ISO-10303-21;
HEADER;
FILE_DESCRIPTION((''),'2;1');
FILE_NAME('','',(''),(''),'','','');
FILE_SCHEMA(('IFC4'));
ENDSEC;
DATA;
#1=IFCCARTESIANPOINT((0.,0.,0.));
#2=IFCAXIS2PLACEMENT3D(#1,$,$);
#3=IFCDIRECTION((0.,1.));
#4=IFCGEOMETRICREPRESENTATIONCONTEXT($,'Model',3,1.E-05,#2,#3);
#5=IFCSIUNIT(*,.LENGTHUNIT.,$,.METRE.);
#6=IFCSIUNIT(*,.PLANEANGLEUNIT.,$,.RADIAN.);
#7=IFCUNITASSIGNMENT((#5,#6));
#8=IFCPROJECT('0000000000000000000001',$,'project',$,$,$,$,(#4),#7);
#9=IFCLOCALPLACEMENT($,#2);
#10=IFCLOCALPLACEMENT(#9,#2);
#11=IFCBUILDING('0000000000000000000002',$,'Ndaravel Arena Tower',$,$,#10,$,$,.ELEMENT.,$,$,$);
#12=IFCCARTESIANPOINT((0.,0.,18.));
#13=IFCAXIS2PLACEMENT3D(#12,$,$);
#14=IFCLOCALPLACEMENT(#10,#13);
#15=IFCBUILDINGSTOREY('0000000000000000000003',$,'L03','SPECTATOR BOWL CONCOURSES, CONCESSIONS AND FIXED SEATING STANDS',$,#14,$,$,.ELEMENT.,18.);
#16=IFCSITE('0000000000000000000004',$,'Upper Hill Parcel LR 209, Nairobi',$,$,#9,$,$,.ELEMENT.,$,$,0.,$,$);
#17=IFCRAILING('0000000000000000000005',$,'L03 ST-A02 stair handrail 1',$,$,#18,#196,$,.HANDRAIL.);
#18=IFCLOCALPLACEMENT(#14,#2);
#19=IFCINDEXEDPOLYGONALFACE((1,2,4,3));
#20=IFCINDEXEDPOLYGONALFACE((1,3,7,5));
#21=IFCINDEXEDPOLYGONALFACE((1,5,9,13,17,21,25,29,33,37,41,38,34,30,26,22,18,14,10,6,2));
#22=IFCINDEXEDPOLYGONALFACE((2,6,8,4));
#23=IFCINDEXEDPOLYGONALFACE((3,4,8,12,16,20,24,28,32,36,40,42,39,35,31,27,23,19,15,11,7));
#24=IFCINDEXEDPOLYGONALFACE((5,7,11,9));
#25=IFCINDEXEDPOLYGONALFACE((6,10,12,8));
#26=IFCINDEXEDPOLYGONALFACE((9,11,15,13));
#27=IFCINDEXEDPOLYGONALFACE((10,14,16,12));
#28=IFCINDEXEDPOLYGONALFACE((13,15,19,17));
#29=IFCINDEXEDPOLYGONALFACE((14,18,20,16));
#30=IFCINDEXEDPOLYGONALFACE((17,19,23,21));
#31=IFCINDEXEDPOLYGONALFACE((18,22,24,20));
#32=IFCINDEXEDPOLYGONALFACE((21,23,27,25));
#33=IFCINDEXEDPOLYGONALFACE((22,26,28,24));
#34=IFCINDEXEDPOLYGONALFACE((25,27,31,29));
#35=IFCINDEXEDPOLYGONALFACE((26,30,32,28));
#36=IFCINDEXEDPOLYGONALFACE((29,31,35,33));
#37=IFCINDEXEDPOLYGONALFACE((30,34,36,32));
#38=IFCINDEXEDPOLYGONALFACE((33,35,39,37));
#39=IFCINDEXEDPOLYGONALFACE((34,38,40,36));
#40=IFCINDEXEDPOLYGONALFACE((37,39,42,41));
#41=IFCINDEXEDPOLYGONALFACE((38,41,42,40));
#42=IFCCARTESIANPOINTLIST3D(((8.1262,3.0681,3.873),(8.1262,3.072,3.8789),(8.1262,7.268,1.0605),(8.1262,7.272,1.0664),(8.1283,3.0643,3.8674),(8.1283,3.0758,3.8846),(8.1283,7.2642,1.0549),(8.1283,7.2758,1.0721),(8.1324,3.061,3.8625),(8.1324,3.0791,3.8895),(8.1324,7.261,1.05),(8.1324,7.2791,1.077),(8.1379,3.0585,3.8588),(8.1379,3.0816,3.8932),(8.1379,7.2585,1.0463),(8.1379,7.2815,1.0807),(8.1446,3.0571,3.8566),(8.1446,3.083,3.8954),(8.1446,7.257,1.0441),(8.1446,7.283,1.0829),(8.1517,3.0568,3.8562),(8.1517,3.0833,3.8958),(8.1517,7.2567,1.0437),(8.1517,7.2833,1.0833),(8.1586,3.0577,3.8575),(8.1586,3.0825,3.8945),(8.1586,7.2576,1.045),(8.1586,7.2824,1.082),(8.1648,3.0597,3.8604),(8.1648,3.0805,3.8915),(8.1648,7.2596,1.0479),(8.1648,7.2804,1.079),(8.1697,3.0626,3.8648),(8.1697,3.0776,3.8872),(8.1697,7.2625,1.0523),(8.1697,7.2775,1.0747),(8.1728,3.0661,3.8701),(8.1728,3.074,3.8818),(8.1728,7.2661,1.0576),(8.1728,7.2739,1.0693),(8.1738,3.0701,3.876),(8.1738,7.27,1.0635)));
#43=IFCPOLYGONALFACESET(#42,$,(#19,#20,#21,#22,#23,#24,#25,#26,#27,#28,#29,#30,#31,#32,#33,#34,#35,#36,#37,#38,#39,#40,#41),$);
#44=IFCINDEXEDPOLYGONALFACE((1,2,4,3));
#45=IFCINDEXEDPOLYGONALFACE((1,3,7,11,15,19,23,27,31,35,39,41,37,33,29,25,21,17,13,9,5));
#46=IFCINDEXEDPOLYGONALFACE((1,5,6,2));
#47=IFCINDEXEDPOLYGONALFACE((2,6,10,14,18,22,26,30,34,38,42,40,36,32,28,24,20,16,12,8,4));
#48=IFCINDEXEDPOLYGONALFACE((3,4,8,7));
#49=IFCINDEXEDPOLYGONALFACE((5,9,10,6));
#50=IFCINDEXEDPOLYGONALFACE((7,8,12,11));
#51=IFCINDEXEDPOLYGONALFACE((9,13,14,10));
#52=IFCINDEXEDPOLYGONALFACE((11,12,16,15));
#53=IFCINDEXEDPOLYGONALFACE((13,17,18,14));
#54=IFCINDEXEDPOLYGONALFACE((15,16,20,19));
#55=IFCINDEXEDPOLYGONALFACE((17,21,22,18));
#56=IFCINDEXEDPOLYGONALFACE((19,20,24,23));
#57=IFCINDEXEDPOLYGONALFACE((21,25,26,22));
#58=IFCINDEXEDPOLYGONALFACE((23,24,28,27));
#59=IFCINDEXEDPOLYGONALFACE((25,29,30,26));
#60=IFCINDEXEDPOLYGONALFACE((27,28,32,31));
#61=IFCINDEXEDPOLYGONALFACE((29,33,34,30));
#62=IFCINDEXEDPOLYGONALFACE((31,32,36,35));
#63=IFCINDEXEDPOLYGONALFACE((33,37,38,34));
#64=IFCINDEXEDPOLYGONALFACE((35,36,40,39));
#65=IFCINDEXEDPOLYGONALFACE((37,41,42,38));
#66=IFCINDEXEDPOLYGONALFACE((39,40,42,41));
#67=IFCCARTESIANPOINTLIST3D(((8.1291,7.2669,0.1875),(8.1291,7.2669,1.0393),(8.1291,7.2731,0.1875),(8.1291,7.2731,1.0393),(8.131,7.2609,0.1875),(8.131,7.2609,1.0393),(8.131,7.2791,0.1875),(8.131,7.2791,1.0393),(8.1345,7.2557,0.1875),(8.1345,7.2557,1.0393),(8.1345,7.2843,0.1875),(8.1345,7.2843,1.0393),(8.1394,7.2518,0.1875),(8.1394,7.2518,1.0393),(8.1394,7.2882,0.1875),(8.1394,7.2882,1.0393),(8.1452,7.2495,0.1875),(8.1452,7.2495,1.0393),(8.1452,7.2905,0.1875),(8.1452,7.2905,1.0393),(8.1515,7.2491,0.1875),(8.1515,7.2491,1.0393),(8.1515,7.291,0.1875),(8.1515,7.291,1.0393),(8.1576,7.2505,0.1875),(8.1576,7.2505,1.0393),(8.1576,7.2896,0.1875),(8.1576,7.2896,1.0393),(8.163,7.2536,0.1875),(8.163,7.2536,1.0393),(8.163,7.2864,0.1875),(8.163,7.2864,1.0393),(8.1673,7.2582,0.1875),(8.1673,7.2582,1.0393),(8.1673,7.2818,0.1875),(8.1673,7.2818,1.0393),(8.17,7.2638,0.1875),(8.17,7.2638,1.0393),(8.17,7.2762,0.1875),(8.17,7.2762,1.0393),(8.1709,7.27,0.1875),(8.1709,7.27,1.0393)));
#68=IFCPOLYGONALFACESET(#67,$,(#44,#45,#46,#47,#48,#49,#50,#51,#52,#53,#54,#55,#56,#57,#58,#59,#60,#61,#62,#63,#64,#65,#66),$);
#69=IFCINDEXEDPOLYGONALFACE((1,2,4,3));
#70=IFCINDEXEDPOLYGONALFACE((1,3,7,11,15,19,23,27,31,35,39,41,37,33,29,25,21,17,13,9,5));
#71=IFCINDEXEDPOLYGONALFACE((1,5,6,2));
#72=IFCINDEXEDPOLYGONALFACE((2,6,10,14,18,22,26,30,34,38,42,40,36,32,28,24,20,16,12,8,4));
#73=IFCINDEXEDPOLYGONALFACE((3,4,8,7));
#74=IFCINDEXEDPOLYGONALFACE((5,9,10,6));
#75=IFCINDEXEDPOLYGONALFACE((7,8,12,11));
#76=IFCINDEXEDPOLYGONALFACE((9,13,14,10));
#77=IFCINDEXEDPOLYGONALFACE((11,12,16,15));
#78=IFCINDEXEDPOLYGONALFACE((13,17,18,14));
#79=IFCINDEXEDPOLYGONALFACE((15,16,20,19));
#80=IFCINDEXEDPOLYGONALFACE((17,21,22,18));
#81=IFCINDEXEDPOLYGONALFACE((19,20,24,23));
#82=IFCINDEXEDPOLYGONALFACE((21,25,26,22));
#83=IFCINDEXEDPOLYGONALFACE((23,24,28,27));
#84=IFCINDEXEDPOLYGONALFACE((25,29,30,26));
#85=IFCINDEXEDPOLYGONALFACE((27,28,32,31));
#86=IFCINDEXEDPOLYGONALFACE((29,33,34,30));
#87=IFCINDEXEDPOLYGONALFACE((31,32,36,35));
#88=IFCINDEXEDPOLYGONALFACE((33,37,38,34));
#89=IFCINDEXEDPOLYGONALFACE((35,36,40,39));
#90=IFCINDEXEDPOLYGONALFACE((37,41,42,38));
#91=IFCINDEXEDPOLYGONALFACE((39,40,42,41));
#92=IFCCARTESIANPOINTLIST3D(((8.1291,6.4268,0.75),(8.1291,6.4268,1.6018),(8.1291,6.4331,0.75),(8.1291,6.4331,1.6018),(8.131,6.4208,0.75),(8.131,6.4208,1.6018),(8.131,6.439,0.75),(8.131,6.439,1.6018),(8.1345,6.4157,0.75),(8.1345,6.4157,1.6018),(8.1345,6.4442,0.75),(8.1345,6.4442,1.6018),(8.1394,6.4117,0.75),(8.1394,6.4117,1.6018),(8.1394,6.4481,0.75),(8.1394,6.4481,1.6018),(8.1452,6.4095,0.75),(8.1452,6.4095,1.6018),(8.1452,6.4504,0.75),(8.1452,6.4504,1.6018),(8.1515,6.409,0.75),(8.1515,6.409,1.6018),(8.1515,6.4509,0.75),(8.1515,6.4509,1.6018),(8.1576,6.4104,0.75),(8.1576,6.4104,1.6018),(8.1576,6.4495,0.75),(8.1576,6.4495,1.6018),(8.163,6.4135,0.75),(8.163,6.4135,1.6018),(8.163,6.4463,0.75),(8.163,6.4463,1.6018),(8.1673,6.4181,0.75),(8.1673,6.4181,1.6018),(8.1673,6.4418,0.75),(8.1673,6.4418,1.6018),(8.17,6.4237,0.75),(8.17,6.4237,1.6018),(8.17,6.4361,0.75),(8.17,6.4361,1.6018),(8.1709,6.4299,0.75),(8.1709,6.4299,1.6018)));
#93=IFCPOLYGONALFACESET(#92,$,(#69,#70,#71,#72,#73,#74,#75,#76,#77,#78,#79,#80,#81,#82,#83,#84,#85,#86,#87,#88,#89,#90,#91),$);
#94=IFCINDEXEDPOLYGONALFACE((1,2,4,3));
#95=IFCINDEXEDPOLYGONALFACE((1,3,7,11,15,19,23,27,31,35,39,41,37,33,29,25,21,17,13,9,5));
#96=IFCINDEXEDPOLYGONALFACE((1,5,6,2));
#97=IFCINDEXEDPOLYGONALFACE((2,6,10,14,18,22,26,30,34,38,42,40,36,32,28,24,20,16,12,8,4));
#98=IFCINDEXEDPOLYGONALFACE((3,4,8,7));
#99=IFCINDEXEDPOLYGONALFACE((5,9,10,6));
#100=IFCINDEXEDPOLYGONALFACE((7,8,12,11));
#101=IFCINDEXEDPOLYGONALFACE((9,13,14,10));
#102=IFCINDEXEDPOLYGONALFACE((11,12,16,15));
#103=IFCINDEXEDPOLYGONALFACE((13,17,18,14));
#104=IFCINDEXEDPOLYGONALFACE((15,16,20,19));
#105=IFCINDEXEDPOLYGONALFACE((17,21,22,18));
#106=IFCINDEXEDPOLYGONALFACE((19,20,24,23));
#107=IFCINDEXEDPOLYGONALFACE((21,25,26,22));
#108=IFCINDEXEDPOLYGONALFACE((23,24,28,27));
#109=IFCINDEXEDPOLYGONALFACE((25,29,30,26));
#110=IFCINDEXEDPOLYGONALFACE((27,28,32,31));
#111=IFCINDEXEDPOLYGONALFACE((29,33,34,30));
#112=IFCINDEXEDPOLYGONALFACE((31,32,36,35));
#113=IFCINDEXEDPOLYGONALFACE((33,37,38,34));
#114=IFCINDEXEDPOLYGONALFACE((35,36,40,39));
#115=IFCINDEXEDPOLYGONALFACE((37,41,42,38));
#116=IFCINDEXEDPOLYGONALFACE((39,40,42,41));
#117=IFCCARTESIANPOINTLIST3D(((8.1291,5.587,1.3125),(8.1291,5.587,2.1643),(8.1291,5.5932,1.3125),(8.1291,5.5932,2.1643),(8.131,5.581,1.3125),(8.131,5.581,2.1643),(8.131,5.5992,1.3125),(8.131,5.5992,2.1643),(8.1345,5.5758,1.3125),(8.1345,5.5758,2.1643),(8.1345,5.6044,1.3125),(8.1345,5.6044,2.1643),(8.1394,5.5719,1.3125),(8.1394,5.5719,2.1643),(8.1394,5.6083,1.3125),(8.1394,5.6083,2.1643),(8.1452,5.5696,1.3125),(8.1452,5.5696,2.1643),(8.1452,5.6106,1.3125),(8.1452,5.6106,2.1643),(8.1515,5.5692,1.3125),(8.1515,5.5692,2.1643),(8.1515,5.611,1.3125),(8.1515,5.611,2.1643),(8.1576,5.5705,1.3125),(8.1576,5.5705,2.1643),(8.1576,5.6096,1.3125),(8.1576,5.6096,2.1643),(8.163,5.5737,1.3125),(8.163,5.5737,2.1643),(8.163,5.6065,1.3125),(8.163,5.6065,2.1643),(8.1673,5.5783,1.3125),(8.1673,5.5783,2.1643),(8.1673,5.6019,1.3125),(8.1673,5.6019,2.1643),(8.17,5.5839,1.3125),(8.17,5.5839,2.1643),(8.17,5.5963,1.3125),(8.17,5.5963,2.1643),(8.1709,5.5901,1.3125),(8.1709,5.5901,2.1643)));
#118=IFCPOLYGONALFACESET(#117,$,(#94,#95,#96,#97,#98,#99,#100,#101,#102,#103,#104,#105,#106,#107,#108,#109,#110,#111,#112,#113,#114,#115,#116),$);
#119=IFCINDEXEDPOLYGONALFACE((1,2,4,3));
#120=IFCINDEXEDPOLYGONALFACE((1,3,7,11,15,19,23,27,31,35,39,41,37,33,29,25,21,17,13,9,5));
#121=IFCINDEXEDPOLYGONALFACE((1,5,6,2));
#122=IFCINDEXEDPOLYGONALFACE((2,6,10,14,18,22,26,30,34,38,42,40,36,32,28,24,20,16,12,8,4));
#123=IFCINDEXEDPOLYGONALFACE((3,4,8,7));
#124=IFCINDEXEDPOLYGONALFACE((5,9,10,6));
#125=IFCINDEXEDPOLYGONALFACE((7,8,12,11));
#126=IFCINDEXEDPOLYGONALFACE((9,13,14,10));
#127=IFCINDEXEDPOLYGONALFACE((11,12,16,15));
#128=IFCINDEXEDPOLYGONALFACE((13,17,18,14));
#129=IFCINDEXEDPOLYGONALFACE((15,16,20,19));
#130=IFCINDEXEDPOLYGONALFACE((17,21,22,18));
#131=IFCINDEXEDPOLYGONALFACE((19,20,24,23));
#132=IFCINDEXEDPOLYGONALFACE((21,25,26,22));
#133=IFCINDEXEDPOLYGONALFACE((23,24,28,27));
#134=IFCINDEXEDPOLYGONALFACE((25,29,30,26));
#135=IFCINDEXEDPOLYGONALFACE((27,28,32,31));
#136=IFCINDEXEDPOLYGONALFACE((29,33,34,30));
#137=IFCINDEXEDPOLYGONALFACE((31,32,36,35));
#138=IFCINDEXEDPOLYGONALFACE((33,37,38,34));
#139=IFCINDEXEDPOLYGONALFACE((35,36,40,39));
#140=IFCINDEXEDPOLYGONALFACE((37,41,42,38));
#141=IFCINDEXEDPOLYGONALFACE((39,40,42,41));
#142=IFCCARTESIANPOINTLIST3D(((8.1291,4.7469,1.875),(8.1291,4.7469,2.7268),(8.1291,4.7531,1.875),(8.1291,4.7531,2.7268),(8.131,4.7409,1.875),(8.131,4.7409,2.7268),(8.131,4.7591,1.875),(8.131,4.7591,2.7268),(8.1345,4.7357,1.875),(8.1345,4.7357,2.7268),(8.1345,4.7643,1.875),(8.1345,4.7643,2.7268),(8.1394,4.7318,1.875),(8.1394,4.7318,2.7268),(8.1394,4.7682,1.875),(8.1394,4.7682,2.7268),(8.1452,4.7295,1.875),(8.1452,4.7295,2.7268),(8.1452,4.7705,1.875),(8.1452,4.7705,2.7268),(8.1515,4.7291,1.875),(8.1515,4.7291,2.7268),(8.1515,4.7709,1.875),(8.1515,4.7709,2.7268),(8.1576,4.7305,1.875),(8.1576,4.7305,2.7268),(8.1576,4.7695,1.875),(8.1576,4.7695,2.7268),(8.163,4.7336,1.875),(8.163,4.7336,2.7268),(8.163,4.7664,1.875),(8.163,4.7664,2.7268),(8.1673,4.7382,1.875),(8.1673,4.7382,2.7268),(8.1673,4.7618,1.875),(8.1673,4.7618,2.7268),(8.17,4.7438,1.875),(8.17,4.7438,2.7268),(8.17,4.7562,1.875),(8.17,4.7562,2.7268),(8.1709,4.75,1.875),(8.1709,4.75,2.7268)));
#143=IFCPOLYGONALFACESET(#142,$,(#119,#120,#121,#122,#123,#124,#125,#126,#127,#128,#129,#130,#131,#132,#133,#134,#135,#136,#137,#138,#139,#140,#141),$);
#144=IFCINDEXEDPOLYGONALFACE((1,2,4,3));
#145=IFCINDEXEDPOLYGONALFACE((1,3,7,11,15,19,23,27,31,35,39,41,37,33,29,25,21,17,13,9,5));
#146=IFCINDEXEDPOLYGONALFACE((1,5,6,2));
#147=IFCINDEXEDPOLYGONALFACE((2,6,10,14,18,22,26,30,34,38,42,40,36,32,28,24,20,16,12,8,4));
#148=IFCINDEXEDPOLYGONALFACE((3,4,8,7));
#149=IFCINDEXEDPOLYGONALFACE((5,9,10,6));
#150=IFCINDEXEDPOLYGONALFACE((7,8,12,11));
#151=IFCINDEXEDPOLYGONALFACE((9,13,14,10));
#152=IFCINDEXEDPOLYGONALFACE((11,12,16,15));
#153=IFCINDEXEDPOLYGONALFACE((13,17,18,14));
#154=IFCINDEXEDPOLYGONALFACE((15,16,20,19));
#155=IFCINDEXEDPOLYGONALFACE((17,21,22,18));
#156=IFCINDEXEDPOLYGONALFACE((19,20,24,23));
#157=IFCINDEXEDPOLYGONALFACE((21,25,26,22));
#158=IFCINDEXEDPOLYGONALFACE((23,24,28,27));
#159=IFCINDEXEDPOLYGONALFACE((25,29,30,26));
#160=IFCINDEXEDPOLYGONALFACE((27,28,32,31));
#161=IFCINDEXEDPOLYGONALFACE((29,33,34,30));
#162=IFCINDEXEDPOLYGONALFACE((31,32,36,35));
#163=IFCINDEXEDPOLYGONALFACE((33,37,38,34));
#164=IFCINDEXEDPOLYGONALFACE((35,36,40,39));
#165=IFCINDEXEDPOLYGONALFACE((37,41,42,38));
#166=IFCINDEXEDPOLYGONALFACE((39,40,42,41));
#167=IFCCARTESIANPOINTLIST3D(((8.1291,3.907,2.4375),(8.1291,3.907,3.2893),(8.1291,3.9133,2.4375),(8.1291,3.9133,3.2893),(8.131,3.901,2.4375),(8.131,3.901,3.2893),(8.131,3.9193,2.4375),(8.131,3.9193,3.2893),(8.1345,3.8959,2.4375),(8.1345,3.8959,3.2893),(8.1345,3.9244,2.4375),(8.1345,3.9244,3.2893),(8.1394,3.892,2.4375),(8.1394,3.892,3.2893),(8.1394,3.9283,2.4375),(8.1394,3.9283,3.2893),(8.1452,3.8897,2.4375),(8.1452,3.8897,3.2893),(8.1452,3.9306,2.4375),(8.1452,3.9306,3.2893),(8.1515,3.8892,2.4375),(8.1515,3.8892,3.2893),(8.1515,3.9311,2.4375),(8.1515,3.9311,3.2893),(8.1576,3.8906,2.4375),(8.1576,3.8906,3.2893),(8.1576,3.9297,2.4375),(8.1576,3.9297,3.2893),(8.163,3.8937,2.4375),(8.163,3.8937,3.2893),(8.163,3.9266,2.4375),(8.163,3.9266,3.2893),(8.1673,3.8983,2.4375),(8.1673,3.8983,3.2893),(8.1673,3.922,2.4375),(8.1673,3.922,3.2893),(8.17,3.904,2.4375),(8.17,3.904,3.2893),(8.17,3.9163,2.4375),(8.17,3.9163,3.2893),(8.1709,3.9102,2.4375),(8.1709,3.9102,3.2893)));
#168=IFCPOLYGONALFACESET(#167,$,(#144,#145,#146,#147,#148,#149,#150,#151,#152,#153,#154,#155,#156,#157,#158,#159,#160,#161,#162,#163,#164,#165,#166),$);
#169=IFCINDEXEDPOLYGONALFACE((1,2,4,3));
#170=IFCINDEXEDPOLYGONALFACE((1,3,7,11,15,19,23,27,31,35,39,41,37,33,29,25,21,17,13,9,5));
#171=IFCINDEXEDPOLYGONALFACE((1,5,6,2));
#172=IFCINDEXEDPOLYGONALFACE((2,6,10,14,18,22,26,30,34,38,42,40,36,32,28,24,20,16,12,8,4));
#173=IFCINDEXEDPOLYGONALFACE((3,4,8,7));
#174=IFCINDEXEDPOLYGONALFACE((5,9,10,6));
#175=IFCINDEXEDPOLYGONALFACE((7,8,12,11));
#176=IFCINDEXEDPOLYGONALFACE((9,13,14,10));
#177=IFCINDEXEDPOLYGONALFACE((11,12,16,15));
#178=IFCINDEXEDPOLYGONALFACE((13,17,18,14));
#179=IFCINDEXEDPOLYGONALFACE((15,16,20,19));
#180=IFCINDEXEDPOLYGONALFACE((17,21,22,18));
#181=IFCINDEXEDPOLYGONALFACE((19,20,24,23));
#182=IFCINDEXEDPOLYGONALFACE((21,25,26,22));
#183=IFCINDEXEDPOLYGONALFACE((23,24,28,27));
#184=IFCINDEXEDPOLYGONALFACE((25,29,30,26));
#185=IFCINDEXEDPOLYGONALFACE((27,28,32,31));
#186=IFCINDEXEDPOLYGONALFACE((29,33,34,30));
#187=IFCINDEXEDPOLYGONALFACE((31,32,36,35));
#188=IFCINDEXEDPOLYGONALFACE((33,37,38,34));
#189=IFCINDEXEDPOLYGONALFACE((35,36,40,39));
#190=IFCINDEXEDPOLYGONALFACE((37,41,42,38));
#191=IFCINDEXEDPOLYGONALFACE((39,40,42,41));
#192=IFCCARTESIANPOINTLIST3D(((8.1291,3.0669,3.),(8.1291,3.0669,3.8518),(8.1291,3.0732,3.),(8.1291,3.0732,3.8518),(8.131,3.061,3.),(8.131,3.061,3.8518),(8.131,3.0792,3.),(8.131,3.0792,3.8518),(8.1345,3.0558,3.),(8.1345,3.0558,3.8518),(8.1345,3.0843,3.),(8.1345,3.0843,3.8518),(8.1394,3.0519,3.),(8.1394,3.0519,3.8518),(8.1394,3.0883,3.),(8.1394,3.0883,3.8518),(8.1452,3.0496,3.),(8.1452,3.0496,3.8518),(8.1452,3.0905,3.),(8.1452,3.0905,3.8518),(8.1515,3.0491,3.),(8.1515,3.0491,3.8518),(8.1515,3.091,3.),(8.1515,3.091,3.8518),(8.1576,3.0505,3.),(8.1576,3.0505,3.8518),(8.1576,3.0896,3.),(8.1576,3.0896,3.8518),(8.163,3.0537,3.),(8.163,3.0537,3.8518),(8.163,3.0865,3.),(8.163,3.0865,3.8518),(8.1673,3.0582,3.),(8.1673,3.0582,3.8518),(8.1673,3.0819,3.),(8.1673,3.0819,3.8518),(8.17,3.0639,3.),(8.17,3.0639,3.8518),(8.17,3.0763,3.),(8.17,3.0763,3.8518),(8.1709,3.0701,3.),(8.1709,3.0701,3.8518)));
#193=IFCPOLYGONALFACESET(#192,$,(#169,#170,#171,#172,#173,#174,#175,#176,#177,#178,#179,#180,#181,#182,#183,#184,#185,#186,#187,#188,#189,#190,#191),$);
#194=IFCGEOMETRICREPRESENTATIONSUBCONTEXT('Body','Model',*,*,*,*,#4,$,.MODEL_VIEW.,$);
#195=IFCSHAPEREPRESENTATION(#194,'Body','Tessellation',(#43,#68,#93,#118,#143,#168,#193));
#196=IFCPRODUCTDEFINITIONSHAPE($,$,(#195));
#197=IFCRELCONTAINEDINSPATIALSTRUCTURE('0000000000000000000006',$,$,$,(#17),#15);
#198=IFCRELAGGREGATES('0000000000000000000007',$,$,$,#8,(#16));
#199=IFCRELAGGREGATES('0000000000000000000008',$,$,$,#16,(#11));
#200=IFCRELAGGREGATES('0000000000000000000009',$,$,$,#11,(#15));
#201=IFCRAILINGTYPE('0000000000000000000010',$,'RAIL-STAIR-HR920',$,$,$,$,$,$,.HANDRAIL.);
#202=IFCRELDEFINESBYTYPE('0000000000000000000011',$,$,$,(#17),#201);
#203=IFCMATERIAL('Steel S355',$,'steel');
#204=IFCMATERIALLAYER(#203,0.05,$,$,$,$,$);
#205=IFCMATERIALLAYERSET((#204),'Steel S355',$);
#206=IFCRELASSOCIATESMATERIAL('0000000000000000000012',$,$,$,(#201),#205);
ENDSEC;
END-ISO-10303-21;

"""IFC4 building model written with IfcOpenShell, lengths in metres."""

from ifc_helpers import new_model, si_unit, direction, frame, origin, origin_2d, place, context, subcontext, project, spatial, circle, extrude, material, layer, layer_set, type_object, element, save


model = new_model("IFC4")

# Units and contexts
model_context = context("Model", 3, precision=1e-05, world=origin(), true_north=direction((0.0, 1.0)))
body_context = subcontext(model_context, "Body", "Model", "MODEL_VIEW")
ifc_project = project(units=[si_unit("LENGTHUNIT", "METRE"), si_unit("PLANEANGLEUNIT", "RADIAN")], contexts=[model_context])

# Site, building, storey
site_placement = place(None, origin())
site = spatial("IfcSite", under=ifc_project, at=site_placement, Name="Upper Hill Parcel LR 209, Nairobi", CompositionType="ELEMENT", RefElevation=0.0)
building_placement = place(site_placement, origin())
building = spatial("IfcBuilding", under=site, at=building_placement, Name="Ndaravel Arena Tower", CompositionType="ELEMENT")
storey_placement = place(building_placement, frame((0.0, 0.0, 18.0)))
storey = spatial("IfcBuildingStorey", under=building, at=storey_placement, Name="L03", Description="SPECTATOR BOWL CONCOURSES, CONCESSIONS AND FIXED SEATING STANDS", CompositionType="ELEMENT", Elevation=18.0)

# Railing
ifc_material_1 = material(Name="Steel S355", Category="steel")
ifc_layer_1 = layer(ifc_material_1, 0.05)
ifc_layer_set_1 = layer_set([ifc_layer_1], Name="Steel S355")
railing_type_1 = type_object("IfcRailingType", Name="RAIL-STAIR-HR920", PredefinedType="HANDRAIL", material=ifc_layer_set_1)
railing_1_placement = place(storey_placement, frame((8.1499, 7.27, 0.1875)))
element("IfcRailing", 1, at=railing_1_placement, inside=storey, type_object=railing_type_1, Name="L03 ST-A02 stair handrail 1", PredefinedType="HANDRAIL", context=body_context, shape_type="SweptSolid", body=[
    extrude(circle(Radius=0.0239, at=origin_2d()), frame((0.0, 0.0, 0.876), z_axis=(0.0, -0.830904, 0.556416), x_axis=(1.0, 0.0, 0.0)), (0.0, 0.0, 1.0), 5.0547),
    extrude(circle(Radius=0.021, at=origin_2d()), origin(), (0.0, 0.0, 1.0), 0.8518),
    extrude(circle(Radius=0.021, at=origin_2d()), frame((0.0, -0.8401, 0.5625)), (0.0, 0.0, 1.0), 0.8518),
    extrude(circle(Radius=0.021, at=origin_2d()), frame((0.0, -1.6799, 1.125)), (0.0, 0.0, 1.0), 0.8518),
    extrude(circle(Radius=0.021, at=origin_2d()), frame((0.0, -2.52, 1.6875)), (0.0, 0.0, 1.0), 0.8518),
    extrude(circle(Radius=0.021, at=origin_2d()), frame((0.0, -3.3599, 2.25)), (0.0, 0.0, 1.0), 0.8518),
    extrude(circle(Radius=0.021, at=origin_2d()), frame((0.0, -4.2, 2.8125)), (0.0, 0.0, 1.0), 0.8518),
])

save(model, "model.ifc")
